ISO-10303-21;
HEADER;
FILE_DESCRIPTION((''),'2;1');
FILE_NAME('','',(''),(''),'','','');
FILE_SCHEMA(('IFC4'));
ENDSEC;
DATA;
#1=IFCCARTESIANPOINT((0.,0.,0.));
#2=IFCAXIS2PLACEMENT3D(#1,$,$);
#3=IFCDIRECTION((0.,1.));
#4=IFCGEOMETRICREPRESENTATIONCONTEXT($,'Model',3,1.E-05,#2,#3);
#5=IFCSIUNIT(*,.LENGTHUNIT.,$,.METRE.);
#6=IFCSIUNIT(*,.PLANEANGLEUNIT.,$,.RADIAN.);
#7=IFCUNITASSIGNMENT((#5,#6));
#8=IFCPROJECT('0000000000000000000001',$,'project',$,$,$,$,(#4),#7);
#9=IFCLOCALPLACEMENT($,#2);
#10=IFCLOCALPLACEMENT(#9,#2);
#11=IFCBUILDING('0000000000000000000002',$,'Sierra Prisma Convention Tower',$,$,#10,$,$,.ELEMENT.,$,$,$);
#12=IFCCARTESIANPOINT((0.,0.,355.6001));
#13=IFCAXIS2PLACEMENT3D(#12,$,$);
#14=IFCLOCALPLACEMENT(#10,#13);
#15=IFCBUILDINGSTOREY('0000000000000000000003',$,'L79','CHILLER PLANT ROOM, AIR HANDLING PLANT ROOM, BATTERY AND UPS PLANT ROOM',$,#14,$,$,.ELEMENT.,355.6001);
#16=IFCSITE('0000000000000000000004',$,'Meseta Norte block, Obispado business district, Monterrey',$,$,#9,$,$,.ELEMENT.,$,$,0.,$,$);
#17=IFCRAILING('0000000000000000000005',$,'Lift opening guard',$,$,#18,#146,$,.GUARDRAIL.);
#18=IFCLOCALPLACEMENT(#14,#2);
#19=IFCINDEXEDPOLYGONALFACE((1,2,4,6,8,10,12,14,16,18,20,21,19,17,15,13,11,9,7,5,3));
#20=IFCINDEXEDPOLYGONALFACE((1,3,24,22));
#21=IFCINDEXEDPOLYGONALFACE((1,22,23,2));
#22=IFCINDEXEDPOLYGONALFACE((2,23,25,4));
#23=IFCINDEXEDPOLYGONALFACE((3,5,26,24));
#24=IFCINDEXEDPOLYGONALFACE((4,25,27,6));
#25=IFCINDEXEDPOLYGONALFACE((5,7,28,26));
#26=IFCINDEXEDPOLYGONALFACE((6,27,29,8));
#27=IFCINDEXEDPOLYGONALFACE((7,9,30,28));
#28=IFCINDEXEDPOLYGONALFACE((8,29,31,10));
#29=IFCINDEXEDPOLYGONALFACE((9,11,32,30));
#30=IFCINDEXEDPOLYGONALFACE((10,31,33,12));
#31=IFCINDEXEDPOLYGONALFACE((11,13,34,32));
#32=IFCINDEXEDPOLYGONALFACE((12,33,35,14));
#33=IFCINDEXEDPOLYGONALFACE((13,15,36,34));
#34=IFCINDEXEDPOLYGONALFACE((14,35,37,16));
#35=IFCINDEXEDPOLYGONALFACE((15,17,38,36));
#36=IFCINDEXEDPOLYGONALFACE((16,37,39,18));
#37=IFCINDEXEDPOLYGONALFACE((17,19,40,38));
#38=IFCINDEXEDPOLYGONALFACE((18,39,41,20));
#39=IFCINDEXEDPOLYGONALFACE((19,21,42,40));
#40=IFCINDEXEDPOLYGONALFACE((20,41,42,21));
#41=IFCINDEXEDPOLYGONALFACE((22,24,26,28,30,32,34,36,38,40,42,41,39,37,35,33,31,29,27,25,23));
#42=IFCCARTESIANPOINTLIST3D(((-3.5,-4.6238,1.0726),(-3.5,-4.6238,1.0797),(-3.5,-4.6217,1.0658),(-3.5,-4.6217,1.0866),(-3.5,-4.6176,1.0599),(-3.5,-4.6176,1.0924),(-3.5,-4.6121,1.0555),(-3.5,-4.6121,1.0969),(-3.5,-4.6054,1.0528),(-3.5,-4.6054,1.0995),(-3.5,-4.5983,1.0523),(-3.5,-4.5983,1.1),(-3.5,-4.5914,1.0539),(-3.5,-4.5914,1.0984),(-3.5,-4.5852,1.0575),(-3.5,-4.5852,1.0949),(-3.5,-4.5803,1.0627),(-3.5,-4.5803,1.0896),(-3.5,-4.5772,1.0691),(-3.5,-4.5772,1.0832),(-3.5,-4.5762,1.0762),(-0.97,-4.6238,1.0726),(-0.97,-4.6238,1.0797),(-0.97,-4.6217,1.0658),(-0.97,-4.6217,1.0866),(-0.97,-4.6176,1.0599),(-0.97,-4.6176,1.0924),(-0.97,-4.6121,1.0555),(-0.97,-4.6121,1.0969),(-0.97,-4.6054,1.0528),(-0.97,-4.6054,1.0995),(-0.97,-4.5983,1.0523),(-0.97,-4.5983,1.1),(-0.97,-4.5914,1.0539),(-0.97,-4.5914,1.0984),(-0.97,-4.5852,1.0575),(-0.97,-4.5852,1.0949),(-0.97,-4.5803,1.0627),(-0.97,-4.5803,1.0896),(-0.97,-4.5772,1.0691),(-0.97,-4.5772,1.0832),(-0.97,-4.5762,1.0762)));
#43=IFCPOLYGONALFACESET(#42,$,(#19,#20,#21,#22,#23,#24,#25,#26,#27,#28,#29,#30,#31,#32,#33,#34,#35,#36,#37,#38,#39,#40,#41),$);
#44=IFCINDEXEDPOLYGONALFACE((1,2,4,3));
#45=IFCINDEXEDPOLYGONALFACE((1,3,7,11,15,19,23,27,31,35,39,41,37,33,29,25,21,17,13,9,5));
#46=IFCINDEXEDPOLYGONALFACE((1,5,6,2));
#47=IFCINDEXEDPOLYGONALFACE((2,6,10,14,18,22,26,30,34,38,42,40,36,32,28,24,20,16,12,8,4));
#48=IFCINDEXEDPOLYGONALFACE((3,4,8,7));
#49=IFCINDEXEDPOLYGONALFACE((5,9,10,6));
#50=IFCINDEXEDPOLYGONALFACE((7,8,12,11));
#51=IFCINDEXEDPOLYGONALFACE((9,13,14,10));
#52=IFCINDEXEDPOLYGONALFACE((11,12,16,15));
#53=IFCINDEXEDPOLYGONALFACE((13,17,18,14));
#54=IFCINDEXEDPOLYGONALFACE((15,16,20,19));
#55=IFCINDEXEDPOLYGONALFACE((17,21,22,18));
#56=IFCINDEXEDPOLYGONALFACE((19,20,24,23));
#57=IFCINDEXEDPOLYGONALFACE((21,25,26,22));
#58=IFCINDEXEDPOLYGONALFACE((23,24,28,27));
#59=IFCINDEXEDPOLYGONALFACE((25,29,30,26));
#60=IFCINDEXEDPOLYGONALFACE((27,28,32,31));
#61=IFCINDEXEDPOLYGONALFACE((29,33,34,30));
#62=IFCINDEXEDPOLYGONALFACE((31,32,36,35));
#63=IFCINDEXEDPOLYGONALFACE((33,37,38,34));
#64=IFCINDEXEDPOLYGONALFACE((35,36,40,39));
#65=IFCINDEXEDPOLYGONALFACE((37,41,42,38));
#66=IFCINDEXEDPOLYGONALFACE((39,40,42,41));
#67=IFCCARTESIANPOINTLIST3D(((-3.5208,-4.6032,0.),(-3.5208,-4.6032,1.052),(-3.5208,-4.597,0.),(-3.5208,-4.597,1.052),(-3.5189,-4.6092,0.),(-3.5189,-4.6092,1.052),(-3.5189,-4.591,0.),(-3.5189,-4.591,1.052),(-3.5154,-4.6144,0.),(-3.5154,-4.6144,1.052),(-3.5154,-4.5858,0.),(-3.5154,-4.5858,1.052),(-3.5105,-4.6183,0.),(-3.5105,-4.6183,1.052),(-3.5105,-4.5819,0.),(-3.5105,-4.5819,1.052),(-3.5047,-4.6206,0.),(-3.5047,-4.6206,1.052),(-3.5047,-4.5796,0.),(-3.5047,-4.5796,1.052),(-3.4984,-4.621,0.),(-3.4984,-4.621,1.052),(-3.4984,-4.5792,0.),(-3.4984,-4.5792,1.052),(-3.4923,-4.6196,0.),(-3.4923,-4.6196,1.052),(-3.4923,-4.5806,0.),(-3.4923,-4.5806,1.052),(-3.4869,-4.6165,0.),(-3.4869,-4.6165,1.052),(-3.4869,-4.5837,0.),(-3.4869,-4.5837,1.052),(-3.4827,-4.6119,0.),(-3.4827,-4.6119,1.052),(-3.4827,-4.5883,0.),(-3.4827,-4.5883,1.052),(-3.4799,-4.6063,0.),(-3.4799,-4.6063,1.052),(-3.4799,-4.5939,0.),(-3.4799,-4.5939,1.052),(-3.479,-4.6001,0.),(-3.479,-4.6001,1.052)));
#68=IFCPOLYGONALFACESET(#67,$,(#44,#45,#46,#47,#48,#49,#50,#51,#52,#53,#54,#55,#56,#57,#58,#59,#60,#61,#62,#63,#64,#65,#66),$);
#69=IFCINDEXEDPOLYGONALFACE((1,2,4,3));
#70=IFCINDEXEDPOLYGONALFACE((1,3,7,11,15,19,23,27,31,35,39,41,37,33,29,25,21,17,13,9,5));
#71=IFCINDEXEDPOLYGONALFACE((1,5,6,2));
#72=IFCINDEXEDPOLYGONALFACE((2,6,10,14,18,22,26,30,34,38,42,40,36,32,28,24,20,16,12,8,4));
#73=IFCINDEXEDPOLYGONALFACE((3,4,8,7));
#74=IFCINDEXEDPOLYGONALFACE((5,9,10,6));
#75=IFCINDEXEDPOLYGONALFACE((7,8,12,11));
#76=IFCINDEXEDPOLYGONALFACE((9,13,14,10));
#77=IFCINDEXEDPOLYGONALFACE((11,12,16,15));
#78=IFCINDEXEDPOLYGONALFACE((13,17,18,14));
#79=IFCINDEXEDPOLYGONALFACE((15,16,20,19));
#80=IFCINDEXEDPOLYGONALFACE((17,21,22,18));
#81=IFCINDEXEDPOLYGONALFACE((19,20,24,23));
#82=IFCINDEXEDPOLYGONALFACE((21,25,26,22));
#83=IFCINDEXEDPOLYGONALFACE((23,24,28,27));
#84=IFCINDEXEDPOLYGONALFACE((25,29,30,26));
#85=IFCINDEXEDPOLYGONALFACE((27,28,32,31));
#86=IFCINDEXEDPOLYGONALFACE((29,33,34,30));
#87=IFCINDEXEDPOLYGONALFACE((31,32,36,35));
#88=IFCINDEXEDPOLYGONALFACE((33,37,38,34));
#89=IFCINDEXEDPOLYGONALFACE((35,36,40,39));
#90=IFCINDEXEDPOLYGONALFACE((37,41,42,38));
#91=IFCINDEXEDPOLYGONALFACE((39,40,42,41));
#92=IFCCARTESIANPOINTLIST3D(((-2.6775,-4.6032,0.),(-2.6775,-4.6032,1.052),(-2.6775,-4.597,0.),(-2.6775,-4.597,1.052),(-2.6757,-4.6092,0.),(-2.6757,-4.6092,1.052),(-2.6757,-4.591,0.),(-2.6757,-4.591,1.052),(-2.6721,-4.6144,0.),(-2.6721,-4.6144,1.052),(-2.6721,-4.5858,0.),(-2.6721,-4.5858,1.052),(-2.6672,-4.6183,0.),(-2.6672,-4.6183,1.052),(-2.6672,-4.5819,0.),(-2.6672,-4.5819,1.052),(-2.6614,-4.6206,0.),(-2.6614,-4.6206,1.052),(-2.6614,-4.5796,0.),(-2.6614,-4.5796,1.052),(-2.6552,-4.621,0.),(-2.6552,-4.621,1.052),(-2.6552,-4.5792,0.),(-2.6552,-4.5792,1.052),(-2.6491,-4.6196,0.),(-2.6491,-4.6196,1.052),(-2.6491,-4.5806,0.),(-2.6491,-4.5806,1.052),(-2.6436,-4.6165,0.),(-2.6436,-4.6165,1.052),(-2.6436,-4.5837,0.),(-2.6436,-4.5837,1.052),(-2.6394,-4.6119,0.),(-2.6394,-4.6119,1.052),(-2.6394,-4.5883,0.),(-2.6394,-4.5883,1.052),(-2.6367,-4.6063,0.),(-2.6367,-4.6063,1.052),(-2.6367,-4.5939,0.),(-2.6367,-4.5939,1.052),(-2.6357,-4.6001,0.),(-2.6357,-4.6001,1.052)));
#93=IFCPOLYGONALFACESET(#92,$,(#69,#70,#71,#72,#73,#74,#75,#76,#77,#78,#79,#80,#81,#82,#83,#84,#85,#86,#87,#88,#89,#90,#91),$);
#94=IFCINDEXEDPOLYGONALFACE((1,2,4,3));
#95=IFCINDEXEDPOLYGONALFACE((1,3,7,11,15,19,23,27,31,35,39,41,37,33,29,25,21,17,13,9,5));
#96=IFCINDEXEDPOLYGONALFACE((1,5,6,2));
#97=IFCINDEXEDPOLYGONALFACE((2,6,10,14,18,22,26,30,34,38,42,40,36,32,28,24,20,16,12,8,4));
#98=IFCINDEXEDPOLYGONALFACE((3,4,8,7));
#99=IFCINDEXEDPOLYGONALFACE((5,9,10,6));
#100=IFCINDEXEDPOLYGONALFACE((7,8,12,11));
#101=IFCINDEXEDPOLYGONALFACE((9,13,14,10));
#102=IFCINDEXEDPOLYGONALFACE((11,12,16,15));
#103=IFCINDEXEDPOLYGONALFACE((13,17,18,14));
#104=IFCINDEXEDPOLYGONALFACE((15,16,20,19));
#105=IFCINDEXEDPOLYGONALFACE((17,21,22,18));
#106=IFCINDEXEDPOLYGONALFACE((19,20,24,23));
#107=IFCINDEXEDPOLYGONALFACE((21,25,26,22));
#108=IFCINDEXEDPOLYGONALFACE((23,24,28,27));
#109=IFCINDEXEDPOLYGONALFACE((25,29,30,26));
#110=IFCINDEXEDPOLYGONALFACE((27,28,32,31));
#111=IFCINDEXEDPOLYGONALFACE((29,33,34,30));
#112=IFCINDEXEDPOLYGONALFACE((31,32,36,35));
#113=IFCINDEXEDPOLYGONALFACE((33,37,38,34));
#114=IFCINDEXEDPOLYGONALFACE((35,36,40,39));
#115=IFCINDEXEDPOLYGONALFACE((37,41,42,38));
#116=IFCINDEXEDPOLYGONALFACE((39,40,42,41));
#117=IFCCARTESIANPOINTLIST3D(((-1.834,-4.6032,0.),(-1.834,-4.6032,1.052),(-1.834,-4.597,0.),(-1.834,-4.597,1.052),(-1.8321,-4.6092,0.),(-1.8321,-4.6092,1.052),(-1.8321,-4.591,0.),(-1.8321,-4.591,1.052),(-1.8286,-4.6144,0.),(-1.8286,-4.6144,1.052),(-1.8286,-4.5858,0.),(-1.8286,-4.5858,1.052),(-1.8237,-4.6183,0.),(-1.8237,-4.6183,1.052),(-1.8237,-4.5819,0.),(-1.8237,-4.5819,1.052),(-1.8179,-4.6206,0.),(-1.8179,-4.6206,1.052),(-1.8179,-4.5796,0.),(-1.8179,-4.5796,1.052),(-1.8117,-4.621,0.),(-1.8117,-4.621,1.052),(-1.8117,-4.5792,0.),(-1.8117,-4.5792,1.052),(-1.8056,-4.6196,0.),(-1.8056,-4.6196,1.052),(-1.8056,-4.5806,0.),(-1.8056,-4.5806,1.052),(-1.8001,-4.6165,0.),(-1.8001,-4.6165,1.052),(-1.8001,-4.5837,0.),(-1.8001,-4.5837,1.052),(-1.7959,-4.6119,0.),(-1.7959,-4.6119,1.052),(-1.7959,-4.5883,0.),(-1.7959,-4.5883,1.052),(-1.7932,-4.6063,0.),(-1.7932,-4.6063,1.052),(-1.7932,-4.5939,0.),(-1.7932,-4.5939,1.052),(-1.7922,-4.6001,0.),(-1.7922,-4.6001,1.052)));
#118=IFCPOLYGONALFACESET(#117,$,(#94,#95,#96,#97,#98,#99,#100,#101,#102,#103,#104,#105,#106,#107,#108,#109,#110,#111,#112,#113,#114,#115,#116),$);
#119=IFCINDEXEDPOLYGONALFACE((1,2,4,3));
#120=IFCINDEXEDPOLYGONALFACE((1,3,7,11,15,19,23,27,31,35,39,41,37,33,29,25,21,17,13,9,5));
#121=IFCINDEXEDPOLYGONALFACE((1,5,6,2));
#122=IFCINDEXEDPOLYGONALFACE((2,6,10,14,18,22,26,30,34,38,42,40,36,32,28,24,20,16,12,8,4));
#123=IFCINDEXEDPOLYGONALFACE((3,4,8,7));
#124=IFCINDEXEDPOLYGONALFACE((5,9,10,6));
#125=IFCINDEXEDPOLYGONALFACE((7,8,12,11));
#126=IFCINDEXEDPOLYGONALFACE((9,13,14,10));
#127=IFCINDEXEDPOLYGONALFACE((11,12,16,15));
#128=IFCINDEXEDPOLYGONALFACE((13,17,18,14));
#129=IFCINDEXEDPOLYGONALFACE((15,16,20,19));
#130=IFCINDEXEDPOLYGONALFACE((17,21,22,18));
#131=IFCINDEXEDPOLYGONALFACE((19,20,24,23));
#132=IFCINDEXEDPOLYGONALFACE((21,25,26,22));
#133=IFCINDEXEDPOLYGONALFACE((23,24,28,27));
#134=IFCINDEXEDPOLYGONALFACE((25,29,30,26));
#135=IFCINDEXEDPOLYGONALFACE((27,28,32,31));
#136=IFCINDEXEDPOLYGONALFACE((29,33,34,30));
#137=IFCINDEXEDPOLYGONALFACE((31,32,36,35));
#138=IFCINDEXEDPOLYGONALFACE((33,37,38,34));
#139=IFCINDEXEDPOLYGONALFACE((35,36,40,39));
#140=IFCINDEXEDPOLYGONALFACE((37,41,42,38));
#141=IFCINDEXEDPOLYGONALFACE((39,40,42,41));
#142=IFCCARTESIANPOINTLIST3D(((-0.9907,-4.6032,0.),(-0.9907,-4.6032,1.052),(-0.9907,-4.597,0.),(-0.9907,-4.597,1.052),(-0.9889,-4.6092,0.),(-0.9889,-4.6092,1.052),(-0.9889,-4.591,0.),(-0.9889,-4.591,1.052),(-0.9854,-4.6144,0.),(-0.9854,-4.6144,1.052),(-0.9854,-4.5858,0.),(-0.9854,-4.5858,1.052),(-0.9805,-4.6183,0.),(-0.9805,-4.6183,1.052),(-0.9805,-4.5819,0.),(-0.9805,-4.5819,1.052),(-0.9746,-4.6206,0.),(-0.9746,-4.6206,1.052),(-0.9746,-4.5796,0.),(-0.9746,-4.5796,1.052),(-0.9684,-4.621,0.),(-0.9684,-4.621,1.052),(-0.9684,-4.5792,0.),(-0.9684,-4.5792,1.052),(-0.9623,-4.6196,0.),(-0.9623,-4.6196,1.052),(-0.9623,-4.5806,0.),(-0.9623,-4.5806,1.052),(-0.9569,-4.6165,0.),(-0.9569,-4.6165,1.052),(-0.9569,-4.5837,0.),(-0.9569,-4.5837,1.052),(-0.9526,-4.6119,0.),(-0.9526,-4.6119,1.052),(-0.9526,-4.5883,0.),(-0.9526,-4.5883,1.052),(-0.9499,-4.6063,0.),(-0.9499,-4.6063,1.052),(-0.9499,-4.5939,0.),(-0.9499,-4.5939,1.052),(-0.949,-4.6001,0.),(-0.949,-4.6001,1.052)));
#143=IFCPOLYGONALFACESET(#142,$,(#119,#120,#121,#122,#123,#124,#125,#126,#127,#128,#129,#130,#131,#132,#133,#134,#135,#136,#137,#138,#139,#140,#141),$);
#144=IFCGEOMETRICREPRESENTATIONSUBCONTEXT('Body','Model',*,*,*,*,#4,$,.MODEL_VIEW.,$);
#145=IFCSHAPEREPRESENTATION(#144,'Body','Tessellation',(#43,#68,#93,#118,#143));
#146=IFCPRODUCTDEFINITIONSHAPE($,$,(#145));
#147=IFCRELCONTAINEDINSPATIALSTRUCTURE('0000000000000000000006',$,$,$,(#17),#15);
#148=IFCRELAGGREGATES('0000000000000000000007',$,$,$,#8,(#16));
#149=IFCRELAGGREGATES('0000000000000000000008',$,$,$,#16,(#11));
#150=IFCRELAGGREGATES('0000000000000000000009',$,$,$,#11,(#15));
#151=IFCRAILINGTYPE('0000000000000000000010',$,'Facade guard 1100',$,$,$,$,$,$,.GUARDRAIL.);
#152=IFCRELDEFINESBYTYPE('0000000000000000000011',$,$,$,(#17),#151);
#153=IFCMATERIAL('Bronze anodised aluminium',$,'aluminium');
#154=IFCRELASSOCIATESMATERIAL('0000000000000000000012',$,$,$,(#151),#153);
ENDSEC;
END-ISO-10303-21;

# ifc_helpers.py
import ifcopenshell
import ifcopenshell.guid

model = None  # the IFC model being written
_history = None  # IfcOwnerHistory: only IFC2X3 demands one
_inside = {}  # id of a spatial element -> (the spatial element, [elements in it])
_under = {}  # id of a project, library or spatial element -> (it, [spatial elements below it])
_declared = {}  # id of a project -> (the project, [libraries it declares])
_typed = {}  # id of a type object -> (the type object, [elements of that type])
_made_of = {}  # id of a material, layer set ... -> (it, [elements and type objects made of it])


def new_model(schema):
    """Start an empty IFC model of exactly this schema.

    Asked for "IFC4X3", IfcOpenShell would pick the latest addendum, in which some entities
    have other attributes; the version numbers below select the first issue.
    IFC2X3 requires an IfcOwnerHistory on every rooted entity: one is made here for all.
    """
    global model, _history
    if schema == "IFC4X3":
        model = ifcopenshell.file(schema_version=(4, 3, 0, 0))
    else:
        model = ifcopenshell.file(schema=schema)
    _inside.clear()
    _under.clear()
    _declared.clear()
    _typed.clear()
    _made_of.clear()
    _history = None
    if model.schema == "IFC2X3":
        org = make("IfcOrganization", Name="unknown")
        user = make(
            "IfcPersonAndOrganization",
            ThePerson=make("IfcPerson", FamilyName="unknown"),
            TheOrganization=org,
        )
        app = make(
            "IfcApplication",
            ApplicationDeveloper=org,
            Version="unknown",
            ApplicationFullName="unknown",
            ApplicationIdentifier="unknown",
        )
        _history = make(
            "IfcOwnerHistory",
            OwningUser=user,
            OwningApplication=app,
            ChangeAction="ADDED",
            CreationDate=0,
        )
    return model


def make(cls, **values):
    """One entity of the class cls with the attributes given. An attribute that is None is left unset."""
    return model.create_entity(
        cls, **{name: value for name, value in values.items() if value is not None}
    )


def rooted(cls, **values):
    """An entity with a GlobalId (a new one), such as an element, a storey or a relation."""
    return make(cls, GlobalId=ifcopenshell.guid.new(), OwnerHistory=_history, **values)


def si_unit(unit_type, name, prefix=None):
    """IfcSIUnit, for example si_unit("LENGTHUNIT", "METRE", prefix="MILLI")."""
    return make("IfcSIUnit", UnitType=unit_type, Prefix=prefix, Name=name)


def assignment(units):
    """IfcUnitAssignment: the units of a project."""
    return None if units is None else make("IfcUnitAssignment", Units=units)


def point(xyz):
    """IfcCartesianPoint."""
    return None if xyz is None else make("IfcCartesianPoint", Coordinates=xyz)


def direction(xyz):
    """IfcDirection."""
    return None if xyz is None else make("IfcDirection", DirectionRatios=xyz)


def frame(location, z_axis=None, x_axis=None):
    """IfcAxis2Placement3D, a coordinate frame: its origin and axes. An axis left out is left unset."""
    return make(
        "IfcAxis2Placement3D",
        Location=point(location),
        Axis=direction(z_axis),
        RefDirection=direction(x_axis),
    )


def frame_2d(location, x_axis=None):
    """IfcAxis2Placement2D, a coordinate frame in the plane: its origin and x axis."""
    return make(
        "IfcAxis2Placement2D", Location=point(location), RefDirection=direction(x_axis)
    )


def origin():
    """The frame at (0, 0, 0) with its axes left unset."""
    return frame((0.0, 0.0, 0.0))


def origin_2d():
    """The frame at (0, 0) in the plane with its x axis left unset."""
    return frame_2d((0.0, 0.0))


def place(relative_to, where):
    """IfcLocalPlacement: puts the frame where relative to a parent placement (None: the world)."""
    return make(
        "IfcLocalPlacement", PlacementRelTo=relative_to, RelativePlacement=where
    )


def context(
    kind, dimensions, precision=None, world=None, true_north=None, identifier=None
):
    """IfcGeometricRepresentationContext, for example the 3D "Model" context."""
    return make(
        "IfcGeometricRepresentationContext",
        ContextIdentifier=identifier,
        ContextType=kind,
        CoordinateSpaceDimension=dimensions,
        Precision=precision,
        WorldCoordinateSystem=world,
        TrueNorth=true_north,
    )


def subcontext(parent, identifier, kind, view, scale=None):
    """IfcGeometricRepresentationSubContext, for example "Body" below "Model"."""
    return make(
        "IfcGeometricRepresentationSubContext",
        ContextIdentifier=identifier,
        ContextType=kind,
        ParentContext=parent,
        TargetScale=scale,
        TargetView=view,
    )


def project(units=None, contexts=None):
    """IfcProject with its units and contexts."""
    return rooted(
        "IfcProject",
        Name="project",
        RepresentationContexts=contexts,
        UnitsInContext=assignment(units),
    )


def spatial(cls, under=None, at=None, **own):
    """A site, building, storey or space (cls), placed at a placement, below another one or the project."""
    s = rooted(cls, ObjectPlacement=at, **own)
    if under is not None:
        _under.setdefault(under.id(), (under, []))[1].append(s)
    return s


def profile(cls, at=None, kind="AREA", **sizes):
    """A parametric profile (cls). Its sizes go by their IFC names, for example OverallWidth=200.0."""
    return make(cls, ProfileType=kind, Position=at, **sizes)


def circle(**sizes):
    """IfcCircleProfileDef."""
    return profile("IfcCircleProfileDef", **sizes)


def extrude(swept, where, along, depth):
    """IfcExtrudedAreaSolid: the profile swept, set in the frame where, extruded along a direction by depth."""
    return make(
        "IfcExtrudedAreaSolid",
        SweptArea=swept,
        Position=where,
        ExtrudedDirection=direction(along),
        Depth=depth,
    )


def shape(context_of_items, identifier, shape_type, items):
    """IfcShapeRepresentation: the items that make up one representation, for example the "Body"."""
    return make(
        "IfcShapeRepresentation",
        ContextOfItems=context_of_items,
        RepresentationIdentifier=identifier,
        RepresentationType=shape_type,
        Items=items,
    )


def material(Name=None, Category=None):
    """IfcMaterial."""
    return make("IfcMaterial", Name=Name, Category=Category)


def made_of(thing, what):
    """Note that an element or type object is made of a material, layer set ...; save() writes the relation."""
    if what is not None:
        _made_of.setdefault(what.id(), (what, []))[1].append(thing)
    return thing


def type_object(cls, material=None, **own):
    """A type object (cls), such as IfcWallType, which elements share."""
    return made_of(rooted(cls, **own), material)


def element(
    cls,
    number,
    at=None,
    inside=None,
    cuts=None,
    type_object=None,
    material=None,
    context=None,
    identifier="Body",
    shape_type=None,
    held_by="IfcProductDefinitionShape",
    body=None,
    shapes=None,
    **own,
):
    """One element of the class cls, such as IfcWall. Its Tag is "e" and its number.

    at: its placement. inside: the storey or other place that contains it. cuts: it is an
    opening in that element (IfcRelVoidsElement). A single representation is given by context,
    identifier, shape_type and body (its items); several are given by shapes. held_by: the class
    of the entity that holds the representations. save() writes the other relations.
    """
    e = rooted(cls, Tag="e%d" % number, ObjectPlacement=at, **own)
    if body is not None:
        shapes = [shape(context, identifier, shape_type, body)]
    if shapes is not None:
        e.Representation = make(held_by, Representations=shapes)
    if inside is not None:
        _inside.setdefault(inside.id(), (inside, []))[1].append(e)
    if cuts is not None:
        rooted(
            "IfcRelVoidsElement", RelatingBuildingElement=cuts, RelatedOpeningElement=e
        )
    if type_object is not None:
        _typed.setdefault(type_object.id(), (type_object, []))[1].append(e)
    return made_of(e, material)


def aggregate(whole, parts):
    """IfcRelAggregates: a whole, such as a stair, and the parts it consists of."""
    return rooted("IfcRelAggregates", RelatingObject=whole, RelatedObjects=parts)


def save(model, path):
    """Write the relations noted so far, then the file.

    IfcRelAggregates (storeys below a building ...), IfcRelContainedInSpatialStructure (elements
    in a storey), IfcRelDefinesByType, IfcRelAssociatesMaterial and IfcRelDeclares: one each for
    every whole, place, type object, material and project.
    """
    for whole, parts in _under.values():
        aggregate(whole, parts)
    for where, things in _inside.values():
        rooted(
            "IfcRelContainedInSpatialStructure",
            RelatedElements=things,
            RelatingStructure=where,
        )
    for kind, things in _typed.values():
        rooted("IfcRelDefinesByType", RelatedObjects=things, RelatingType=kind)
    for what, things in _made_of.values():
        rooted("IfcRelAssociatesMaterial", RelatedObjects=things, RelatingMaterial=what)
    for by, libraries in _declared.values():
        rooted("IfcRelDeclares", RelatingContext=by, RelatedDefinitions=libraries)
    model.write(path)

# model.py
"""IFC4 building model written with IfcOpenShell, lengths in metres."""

from ifc_helpers import new_model, si_unit, direction, frame, origin, origin_2d, place, context, subcontext, project, spatial, circle, extrude, material, type_object, element, save


model = new_model("IFC4")

# Units and contexts
model_context = context("Model", 3, precision=1e-05, world=origin(), true_north=direction((0.0, 1.0)))
body_context = subcontext(model_context, "Body", "Model", "MODEL_VIEW")
ifc_project = project(units=[si_unit("LENGTHUNIT", "METRE"), si_unit("PLANEANGLEUNIT", "RADIAN")], contexts=[model_context])

# Site, building, storey
site_placement = place(None, origin())
site = spatial("IfcSite", under=ifc_project, at=site_placement, Name="Meseta Norte block, Obispado business district, Monterrey", CompositionType="ELEMENT", RefElevation=0.0)
building_placement = place(site_placement, origin())
building = spatial("IfcBuilding", under=site, at=building_placement, Name="Sierra Prisma Convention Tower", CompositionType="ELEMENT")
storey_placement = place(building_placement, frame((0.0, 0.0, 355.6001)))
storey = spatial("IfcBuildingStorey", under=building, at=storey_placement, Name="L79", Description="CHILLER PLANT ROOM, AIR HANDLING PLANT ROOM, BATTERY AND UPS PLANT ROOM", CompositionType="ELEMENT", Elevation=355.6001)

# Railing
ifc_material_1 = material(Name="Bronze anodised aluminium", Category="aluminium")
railing_type = type_object("IfcRailingType", Name="Facade guard 1100", PredefinedType="GUARDRAIL", material=ifc_material_1)
railing_placement = place(storey_placement, frame((-3.5, -4.6001, 0.0)))
element("IfcRailing", 1, at=railing_placement, inside=storey, type_object=railing_type, Name="Lift opening guard", PredefinedType="GUARDRAIL", context=body_context, shape_type="SweptSolid", body=[
    extrude(circle(Radius=0.0239, at=origin_2d()), frame((0.0, 0.0, 1.0762), z_axis=(1.0, 0.0, 0.0), x_axis=(0.0, 1.0, 0.0)), (0.0, 0.0, 1.0), 2.53),
    extrude(circle(Radius=0.021, at=origin_2d()), origin(), (0.0, 0.0, 1.0), 1.052),
    extrude(circle(Radius=0.021, at=origin_2d()), frame((0.8433, 0.0, 0.0)), (0.0, 0.0, 1.0), 1.052),
    extrude(circle(Radius=0.021, at=origin_2d()), frame((1.6868, 0.0, 0.0)), (0.0, 0.0, 1.0), 1.052),
    extrude(circle(Radius=0.021, at=origin_2d()), frame((2.53, 0.0, 0.0)), (0.0, 0.0, 1.0), 1.052),
])

save(model, "model.ifc")
